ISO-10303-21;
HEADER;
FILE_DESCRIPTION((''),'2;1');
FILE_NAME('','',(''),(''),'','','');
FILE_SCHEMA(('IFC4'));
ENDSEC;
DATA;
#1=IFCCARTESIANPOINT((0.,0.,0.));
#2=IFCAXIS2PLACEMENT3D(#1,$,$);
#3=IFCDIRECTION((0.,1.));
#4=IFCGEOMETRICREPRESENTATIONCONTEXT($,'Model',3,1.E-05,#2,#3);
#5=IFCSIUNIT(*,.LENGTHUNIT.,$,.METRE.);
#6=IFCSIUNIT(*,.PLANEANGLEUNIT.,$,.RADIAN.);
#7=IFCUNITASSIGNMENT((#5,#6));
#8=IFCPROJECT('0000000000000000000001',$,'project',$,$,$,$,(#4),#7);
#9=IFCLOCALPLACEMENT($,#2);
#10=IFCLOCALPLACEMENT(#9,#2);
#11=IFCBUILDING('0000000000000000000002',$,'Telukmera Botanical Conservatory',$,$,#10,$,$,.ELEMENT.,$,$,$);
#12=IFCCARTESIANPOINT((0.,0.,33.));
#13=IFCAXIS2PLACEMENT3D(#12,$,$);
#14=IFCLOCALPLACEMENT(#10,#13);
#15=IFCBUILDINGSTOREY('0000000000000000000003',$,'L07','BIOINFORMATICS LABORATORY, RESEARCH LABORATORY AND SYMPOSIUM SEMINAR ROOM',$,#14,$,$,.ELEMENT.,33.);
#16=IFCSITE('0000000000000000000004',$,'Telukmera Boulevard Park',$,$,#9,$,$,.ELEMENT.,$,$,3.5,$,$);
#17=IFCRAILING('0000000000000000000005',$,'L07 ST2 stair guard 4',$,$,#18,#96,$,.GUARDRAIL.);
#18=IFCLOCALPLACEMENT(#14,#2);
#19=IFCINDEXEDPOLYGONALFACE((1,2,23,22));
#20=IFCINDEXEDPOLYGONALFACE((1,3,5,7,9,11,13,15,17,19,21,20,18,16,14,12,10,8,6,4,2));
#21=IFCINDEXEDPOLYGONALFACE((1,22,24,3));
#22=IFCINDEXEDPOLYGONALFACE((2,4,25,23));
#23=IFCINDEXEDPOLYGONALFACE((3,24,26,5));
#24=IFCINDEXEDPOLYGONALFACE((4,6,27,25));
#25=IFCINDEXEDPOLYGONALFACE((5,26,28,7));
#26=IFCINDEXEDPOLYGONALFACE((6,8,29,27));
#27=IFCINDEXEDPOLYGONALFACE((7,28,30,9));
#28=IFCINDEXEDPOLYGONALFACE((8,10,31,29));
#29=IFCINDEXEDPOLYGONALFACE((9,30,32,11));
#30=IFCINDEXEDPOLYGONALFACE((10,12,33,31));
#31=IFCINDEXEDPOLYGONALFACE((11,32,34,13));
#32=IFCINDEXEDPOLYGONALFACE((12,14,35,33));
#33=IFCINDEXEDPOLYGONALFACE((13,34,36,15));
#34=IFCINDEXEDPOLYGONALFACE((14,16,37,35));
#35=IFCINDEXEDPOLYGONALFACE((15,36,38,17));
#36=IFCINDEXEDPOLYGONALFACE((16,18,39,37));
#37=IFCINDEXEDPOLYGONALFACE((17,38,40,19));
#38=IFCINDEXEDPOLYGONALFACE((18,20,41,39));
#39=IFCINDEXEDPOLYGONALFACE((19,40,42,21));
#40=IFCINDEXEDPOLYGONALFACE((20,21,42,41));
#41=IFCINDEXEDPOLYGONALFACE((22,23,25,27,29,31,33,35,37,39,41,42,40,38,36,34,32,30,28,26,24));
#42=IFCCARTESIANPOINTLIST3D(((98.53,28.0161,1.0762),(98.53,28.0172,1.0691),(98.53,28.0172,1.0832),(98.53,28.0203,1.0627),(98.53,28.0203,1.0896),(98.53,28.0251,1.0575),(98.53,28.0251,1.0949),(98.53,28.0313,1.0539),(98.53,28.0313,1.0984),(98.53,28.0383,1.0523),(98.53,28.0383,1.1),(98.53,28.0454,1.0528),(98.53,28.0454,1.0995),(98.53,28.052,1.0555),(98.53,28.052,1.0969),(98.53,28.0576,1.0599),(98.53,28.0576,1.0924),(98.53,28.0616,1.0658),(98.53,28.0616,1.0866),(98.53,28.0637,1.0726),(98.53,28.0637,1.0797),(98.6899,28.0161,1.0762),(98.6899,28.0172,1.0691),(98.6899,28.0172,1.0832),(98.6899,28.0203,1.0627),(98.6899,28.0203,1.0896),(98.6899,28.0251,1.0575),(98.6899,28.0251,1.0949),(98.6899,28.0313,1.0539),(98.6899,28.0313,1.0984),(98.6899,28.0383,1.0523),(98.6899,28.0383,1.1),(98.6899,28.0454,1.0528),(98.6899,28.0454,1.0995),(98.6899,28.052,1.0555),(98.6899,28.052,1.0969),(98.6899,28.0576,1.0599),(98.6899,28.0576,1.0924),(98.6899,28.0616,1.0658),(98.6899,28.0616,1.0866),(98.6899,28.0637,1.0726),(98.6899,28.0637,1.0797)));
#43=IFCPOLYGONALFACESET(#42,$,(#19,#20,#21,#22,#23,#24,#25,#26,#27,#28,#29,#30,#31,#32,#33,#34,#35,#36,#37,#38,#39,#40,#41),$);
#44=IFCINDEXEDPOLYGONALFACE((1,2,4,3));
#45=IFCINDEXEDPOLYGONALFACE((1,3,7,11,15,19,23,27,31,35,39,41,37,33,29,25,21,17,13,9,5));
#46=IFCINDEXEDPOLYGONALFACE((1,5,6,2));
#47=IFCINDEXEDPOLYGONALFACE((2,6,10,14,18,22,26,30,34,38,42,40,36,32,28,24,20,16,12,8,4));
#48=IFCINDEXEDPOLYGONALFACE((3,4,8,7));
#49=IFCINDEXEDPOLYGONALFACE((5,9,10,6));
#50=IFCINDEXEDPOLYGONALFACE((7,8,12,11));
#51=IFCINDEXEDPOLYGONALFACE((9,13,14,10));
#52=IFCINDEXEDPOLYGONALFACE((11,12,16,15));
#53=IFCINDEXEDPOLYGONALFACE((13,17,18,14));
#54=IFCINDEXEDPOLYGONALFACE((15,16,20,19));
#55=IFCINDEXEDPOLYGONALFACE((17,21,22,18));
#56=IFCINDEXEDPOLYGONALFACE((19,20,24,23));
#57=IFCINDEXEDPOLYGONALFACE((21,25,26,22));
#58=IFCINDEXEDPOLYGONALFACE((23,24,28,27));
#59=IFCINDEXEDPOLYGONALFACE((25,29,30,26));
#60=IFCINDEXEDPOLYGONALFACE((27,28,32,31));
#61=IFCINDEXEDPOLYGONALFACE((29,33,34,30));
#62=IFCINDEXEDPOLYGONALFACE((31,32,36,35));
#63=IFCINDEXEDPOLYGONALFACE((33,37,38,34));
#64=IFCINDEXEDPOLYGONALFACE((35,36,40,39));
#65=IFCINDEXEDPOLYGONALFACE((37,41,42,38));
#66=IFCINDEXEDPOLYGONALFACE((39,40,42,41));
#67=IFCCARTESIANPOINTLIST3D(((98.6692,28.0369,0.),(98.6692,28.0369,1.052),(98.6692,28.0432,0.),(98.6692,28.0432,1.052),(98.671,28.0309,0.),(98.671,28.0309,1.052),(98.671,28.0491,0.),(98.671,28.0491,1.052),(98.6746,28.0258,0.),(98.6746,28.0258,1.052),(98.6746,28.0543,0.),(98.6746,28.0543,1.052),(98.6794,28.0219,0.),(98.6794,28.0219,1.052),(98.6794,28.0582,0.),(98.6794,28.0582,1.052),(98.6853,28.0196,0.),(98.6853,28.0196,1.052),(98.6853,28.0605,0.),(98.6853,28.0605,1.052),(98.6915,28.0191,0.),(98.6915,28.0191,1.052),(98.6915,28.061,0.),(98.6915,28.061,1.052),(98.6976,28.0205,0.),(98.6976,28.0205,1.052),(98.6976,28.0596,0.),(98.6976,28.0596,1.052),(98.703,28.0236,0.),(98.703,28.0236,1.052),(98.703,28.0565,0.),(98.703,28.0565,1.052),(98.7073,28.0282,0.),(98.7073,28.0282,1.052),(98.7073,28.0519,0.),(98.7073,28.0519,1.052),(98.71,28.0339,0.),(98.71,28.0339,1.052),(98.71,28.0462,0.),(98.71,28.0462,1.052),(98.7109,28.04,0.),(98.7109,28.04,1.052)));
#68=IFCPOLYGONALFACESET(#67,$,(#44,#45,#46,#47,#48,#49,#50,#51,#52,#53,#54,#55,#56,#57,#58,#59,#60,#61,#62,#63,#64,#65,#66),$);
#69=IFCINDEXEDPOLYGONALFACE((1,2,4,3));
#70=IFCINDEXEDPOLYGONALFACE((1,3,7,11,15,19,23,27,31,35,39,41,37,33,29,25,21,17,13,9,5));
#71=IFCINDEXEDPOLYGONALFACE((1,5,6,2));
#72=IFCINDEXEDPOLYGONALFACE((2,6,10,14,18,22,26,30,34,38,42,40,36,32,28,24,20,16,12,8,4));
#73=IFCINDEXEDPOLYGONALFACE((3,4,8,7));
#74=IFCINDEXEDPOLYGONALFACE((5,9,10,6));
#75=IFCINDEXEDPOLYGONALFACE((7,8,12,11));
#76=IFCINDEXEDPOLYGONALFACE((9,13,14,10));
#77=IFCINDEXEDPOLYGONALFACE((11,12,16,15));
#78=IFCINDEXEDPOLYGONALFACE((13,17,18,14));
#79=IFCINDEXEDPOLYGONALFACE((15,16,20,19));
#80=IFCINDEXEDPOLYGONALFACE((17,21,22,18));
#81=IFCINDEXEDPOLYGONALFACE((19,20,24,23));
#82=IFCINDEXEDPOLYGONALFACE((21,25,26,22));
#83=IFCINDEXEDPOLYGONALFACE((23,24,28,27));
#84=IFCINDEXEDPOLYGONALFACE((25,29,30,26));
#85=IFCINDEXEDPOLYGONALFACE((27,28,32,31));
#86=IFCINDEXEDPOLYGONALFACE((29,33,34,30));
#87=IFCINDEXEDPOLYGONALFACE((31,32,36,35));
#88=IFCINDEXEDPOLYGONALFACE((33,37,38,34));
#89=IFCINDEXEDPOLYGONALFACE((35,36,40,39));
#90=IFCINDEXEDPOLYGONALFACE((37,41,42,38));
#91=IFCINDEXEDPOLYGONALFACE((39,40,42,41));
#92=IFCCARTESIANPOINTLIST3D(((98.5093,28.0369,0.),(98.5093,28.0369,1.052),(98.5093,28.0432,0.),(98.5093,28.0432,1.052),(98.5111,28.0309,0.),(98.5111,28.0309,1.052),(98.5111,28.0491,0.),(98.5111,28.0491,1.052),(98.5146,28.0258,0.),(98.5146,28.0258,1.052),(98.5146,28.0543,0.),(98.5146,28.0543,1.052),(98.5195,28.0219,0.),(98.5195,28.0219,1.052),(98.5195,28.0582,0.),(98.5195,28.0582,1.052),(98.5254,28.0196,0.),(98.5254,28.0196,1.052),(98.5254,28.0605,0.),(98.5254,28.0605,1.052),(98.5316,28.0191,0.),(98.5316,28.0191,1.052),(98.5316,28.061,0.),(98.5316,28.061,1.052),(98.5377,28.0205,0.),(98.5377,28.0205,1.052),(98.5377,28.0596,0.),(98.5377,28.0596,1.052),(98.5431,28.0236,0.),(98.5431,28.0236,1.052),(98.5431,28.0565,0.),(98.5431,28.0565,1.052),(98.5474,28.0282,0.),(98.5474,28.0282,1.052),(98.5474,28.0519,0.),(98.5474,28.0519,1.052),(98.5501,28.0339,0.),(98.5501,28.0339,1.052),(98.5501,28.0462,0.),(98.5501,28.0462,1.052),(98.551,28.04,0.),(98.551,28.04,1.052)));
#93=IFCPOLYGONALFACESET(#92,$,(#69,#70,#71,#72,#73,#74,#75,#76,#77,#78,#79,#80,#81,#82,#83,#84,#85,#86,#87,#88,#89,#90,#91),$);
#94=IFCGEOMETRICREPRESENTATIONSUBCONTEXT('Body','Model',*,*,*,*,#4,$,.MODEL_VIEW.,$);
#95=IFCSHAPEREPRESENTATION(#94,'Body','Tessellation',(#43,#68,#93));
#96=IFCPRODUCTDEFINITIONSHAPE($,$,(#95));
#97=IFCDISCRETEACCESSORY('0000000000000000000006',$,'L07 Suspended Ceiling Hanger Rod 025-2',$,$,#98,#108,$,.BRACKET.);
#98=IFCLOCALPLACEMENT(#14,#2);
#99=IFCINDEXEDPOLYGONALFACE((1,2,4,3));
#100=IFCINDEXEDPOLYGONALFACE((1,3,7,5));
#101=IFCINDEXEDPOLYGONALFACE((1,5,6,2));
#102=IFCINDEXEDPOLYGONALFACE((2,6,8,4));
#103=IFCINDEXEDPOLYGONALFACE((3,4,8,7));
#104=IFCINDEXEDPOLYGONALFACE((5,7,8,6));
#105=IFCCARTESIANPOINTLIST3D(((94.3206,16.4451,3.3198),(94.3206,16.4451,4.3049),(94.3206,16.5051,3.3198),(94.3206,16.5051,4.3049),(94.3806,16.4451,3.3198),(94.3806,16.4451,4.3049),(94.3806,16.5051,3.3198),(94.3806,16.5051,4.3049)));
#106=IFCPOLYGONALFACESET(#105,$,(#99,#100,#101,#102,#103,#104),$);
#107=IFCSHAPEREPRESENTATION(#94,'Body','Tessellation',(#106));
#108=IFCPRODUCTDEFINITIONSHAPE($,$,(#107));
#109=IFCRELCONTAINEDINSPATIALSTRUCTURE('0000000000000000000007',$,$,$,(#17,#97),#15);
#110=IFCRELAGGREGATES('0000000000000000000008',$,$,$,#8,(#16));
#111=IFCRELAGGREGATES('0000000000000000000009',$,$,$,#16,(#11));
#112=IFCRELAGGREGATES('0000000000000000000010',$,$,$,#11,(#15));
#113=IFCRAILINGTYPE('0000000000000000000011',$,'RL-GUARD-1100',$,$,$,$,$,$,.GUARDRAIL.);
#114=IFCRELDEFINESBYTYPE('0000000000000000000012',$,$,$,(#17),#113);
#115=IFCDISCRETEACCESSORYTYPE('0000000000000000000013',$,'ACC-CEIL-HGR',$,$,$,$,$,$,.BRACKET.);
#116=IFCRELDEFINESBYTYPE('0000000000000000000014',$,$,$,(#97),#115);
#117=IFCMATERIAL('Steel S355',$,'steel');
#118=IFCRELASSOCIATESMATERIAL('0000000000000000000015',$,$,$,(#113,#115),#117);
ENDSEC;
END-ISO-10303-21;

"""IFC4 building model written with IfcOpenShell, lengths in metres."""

from ifc_helpers import new_model, si_unit, direction, frame, origin, origin_2d, place, context, subcontext, project, spatial, rectangle, circle, extrude, material, type_object, element, save


model = new_model("IFC4")

# Units and contexts
model_context = context("Model", 3, precision=1e-05, world=origin(), true_north=direction((0.0, 1.0)))
body_context = subcontext(model_context, "Body", "Model", "MODEL_VIEW")
ifc_project = project(units=[si_unit("LENGTHUNIT", "METRE"), si_unit("PLANEANGLEUNIT", "RADIAN")], contexts=[model_context])

# Site, building, storey
site_placement = place(None, origin())
site = spatial("IfcSite", under=ifc_project, at=site_placement, Name="Telukmera Boulevard Park", CompositionType="ELEMENT", RefElevation=3.5)
building_placement = place(site_placement, origin())
building = spatial("IfcBuilding", under=site, at=building_placement, Name="Telukmera Botanical Conservatory", CompositionType="ELEMENT")
storey_placement = place(building_placement, frame((0.0, 0.0, 33.0)))
storey = spatial("IfcBuildingStorey", under=building, at=storey_placement, Name="L07", Description="BIOINFORMATICS LABORATORY, RESEARCH LABORATORY AND SYMPOSIUM SEMINAR ROOM", CompositionType="ELEMENT", Elevation=33.0)

# Railing
ifc_material_1 = material(Name="Steel S355", Category="steel")
railing_type = type_object("IfcRailingType", Name="RL-GUARD-1100", PredefinedType="GUARDRAIL", material=ifc_material_1)
railing_1_placement = place(storey_placement, frame((98.6899, 28.04, 0.0)))
element("IfcRailing", 1, at=railing_1_placement, inside=storey, type_object=railing_type, Name="L07 ST2 stair guard 4", PredefinedType="GUARDRAIL", context=body_context, shape_type="SweptSolid", body=[
    extrude(circle(Radius=0.0239, at=origin_2d()), frame((0.0, 0.0, 1.0762), z_axis=(-1.0, 0.0, 0.0), x_axis=(0.0, -1.0, 0.0)), (0.0, 0.0, 1.0), 0.1599),
    extrude(circle(Radius=0.021, at=origin_2d()), origin(), (0.0, 0.0, 1.0), 1.052),
    extrude(circle(Radius=0.021, at=origin_2d()), frame((-0.1599, 0.0, 0.0)), (0.0, 0.0, 1.0), 1.052),
])

# Discrete accessory
discrete_accessory_type = type_object("IfcDiscreteAccessoryType", Name="ACC-CEIL-HGR", PredefinedType="BRACKET", material=ifc_material_1)
discrete_accessory_placement = place(storey_placement, frame((94.3506, 16.4751, 3.3198), z_axis=(0.0, 0.0, 1.0), x_axis=(1.0, 0.0, 0.0)))
element("IfcDiscreteAccessory", 2, at=discrete_accessory_placement, inside=storey, type_object=discrete_accessory_type, Name="L07 Suspended Ceiling Hanger Rod 025-2", PredefinedType="BRACKET", context=body_context, shape_type="SweptSolid", body=[
    extrude(rectangle(XDim=0.0601, YDim=0.0601, at=origin_2d()), origin(), (0.0, 0.0, 1.0), 0.9851),
])

save(model, "model.ifc")
